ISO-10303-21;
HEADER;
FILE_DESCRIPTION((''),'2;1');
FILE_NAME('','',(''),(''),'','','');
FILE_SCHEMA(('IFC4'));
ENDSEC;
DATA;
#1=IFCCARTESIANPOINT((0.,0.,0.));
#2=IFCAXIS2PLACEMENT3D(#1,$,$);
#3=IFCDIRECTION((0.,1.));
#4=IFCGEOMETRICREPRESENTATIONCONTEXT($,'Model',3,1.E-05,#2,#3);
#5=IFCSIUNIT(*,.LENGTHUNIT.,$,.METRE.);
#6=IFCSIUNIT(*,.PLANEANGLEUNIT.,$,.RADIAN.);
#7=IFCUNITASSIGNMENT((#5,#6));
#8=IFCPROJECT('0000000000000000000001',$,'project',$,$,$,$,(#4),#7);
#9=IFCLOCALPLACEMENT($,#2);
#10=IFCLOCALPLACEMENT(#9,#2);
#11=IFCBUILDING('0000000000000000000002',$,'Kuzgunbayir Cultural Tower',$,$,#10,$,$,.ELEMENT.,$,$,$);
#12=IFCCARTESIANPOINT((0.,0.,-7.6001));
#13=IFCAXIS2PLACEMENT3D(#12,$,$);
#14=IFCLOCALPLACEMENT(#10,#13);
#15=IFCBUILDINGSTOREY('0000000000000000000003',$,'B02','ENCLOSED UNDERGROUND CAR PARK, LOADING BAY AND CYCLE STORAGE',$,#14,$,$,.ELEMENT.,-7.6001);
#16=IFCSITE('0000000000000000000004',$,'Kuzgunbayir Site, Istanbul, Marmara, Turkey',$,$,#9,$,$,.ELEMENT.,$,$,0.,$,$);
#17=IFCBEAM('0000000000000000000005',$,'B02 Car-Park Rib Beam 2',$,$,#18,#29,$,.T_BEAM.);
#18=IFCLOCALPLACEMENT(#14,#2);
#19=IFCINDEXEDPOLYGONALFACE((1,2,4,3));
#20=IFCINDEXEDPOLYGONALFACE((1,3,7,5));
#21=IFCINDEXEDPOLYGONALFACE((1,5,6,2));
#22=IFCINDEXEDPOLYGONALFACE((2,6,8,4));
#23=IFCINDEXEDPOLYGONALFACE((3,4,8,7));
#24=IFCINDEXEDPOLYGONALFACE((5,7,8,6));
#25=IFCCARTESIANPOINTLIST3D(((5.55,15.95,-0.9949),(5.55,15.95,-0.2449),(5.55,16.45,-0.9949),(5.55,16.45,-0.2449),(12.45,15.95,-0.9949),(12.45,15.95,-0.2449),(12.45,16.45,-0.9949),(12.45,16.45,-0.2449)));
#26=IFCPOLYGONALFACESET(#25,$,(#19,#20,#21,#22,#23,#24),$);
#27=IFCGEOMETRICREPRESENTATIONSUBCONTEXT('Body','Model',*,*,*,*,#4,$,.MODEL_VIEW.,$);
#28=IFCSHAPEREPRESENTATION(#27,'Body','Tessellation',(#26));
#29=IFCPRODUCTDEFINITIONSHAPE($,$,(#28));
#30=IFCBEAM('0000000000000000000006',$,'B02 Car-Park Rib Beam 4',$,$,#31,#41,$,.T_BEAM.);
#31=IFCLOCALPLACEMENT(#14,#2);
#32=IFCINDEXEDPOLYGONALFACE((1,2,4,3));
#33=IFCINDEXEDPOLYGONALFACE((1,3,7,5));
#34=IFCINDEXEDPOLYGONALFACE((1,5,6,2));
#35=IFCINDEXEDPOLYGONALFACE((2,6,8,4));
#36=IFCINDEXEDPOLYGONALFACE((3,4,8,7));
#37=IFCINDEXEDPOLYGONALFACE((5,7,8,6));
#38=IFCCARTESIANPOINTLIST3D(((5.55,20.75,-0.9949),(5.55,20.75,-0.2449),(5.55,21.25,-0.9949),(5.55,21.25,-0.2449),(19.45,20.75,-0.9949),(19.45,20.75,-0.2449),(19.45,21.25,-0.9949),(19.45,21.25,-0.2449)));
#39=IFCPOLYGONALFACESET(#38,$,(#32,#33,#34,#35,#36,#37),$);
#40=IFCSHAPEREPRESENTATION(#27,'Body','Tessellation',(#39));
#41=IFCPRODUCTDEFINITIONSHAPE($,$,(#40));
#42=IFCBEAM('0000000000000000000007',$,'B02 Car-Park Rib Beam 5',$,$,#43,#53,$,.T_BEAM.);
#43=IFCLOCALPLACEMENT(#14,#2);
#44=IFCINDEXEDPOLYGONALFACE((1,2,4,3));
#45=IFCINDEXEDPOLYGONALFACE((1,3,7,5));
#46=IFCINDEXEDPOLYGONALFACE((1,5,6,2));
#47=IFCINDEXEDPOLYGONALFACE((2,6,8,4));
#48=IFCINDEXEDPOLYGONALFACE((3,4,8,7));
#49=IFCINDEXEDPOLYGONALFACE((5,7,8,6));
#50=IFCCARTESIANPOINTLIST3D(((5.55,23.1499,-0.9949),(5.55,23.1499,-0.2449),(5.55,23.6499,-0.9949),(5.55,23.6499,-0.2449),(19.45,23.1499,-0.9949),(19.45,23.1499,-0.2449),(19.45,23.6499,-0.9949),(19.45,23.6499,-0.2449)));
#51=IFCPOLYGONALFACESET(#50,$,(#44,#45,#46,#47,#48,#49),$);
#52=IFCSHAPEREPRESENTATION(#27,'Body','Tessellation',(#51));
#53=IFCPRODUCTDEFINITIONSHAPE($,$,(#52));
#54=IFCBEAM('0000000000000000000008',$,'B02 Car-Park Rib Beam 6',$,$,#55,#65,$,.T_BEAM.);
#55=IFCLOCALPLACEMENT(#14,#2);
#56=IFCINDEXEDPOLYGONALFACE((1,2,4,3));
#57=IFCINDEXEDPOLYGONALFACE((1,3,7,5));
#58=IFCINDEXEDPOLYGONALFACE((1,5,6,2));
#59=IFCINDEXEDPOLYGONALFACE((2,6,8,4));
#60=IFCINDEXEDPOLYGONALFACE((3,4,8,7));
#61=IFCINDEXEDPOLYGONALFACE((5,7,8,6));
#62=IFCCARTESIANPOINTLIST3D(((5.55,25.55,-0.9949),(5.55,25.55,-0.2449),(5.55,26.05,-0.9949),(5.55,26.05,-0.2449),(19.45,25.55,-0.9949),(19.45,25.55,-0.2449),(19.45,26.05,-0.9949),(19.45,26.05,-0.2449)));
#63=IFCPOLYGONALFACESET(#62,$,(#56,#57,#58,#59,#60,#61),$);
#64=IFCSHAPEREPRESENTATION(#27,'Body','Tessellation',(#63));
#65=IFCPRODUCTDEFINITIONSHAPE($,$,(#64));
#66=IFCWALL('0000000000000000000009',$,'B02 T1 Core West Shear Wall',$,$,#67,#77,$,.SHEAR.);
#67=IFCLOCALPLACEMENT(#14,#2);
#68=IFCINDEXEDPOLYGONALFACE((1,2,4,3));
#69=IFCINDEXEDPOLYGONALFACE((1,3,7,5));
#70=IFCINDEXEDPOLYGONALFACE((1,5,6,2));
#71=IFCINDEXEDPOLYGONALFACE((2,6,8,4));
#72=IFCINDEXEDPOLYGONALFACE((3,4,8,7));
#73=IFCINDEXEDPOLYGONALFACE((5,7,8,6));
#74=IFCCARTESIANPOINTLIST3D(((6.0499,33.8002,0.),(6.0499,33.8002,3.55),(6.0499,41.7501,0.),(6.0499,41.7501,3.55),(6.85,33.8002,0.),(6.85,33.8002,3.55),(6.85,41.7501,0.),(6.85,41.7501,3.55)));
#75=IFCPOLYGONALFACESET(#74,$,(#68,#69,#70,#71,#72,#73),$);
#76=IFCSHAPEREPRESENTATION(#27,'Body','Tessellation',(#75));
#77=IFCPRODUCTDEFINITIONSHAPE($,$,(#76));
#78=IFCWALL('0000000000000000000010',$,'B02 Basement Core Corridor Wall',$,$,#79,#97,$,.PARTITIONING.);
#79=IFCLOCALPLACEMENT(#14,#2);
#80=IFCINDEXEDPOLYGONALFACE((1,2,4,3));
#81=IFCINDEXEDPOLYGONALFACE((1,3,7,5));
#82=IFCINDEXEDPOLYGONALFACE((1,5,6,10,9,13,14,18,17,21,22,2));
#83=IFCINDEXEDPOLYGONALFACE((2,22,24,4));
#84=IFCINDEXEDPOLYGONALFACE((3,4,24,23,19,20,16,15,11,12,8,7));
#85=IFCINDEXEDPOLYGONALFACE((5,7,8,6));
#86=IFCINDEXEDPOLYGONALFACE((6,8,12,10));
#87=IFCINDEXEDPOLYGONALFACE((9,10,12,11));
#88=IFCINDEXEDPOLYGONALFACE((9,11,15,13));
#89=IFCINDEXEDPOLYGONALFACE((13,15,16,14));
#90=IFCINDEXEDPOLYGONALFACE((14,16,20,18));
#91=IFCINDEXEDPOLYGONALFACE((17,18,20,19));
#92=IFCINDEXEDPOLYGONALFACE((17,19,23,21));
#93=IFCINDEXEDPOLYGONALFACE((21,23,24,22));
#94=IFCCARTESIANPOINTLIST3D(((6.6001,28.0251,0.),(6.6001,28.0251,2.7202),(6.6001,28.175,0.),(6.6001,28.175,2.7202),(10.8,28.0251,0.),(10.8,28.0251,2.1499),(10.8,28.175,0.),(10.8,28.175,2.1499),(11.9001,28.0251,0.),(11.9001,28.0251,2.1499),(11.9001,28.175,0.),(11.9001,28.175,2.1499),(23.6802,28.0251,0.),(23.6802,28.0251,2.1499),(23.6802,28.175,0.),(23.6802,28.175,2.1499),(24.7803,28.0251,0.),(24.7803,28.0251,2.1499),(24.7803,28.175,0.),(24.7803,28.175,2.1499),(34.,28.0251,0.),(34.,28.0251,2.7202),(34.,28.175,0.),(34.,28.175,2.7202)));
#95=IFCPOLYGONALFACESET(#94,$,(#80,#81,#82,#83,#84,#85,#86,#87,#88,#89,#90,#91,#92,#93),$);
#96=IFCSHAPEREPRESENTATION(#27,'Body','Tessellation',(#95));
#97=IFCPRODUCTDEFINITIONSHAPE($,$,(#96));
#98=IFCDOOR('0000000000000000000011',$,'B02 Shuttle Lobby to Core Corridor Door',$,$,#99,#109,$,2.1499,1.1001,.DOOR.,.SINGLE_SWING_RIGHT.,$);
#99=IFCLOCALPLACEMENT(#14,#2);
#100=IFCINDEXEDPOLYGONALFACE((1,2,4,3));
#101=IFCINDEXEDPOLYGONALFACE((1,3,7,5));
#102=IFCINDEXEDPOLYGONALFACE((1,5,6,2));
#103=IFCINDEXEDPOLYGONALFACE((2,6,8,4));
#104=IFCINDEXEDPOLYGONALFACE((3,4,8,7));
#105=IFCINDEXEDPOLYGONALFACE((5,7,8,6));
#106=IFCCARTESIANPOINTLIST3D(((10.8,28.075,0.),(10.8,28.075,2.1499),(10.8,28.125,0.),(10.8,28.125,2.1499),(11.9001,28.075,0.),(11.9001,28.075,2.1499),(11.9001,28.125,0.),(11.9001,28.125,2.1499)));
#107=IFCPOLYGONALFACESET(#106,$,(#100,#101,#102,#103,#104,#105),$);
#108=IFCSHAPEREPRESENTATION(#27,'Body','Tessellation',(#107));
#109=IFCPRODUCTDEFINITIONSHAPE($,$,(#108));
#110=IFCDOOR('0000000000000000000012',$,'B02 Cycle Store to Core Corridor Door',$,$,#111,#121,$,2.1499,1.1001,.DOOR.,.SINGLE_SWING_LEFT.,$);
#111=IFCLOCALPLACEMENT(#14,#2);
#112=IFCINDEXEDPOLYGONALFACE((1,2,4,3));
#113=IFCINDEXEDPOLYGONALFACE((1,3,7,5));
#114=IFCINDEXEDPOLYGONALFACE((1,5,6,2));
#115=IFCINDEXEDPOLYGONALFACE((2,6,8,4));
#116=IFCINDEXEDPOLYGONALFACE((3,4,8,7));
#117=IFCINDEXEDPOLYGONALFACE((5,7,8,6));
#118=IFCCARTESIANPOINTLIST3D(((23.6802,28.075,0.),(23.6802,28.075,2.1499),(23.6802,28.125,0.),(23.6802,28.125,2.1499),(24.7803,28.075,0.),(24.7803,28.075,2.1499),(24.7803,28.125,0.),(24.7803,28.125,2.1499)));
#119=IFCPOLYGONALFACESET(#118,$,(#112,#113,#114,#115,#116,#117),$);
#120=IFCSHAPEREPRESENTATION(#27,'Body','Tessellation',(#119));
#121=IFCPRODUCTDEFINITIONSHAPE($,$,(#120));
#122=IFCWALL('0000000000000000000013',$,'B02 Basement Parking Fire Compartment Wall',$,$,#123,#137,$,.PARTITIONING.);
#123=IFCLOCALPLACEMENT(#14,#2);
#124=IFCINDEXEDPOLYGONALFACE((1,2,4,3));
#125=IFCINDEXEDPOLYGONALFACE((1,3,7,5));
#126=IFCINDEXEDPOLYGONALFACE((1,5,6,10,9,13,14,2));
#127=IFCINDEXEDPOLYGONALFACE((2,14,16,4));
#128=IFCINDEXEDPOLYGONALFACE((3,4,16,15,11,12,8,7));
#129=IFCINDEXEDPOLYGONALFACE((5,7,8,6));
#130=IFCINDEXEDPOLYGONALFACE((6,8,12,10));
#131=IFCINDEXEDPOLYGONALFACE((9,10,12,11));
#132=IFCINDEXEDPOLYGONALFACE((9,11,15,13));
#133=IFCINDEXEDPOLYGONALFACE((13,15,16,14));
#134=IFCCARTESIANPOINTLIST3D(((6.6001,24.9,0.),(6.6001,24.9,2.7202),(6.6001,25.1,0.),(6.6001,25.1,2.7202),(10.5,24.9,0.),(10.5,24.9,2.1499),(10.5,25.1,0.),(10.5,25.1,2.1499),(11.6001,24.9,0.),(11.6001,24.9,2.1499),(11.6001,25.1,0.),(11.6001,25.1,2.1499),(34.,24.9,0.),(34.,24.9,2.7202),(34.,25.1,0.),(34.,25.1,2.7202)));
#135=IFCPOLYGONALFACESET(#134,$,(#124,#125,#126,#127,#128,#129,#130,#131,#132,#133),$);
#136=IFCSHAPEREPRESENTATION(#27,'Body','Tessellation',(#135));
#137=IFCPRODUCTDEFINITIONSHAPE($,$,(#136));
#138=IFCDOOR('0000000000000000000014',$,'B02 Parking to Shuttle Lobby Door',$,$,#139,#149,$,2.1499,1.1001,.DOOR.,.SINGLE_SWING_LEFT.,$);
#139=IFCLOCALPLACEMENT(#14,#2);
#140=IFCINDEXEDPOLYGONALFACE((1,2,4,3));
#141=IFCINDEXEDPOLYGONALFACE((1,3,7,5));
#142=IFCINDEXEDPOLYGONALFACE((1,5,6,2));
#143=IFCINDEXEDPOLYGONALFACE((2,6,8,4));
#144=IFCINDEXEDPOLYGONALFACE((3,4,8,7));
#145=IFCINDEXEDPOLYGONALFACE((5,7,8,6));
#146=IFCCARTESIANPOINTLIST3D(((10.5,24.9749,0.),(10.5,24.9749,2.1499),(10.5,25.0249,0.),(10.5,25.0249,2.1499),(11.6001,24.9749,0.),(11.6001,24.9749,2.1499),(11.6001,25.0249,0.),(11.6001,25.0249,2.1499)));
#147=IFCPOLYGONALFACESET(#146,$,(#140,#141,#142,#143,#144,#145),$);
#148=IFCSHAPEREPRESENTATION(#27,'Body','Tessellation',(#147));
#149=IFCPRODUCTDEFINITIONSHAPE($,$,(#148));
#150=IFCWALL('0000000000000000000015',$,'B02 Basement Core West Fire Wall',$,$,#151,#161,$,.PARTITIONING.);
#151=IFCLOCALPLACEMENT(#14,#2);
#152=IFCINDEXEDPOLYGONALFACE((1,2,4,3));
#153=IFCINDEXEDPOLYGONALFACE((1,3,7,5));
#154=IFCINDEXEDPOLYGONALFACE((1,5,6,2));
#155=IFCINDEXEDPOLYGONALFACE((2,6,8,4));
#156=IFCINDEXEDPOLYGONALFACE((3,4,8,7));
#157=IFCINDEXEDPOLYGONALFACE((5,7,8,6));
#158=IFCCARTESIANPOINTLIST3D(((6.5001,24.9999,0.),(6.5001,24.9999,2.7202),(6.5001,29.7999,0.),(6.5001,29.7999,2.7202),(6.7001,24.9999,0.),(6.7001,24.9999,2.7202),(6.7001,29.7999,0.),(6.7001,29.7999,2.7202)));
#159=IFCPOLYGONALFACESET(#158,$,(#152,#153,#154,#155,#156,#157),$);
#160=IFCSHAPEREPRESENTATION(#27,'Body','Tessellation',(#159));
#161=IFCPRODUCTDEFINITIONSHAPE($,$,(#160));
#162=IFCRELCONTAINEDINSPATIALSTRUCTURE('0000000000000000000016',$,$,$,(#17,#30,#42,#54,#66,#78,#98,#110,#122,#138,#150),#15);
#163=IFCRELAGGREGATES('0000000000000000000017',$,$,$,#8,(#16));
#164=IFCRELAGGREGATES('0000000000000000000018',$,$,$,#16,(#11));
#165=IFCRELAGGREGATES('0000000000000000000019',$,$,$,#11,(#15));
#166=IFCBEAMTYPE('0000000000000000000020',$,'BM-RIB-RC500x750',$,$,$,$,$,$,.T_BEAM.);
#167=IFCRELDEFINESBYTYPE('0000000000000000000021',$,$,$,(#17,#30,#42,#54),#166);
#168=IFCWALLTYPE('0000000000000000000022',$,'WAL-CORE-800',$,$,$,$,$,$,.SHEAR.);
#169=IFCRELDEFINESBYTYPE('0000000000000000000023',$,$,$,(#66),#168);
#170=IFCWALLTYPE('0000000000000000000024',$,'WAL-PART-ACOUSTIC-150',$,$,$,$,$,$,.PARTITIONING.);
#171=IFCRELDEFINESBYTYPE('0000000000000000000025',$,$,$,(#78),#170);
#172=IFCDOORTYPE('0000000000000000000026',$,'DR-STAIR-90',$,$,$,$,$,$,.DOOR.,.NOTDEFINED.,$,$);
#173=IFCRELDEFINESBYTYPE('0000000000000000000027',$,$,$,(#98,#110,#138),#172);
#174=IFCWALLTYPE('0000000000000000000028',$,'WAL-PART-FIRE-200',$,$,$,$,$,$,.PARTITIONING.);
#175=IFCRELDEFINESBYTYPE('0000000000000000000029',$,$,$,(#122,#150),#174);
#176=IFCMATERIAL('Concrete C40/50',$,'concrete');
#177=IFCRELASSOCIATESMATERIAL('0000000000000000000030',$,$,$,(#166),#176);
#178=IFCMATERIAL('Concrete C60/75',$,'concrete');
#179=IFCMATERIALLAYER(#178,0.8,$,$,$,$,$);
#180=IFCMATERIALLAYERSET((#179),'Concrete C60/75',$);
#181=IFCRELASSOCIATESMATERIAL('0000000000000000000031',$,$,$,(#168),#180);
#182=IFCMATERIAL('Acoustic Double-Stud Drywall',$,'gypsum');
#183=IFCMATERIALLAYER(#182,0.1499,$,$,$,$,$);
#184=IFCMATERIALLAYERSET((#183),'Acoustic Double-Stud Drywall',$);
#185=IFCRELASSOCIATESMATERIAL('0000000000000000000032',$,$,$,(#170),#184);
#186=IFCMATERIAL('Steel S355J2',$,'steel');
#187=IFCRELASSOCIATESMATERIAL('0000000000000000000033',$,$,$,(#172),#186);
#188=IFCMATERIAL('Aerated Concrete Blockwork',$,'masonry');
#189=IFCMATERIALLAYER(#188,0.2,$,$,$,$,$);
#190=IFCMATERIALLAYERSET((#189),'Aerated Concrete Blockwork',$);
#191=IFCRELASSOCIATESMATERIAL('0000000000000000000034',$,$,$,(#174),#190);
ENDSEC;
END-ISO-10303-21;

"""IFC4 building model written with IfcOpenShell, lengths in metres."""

from ifc_helpers import new_model, si_unit, direction, frame, frame_2d, origin, origin_2d, place, context, subcontext, project, spatial, rectangle, extrude, material, layer, layer_set, material_profile, profile_set, type_object, element, fill, save


model = new_model("IFC4")

# Units and contexts
model_context = context("Model", 3, precision=1e-05, world=origin(), true_north=direction((0.0, 1.0)))
body_context = subcontext(model_context, "Body", "Model", "MODEL_VIEW")
ifc_project = project(units=[si_unit("LENGTHUNIT", "METRE"), si_unit("PLANEANGLEUNIT", "RADIAN")], contexts=[model_context])

# Site, building, storey
site_placement = place(None, origin())
site = spatial("IfcSite", under=ifc_project, at=site_placement, Name="Kuzgunbayir Site, Istanbul, Marmara, Turkey", CompositionType="ELEMENT", RefElevation=0.0)
building_placement = place(site_placement, origin())
building = spatial("IfcBuilding", under=site, at=building_placement, Name="Kuzgunbayir Cultural Tower", CompositionType="ELEMENT")
storey_placement = place(building_placement, frame((0.0, 0.0, -7.6001)))
storey = spatial("IfcBuildingStorey", under=building, at=storey_placement, Name="B02", Description="ENCLOSED UNDERGROUND CAR PARK, LOADING BAY AND CYCLE STORAGE", CompositionType="ELEMENT", Elevation=-7.6001)

# Shared definitions
ifc_material_1 = material(Name="Concrete C60/75", Category="concrete")

# Beams
ifc_material_2 = material(Name="Steel S355J2", Category="steel")
ifc_material_3 = material(Name="Concrete C40/50", Category="concrete")
ifc_material_profile_1 = material_profile(ifc_material_3, rectangle(XDim=0.5, YDim=0.75, at=origin_2d()), Name="RC 500x750")
ifc_profile_set_1 = profile_set([ifc_material_profile_1], Name="Concrete C40/50")
beam_type_1 = type_object("IfcBeamType", Name="BM-RIB-RC500x750", PredefinedType="T_BEAM", material=ifc_profile_set_1)
beam_1_placement = place(storey_placement, frame((5.55, 16.2, -0.6199), z_axis=(1.0, 0.0, 0.0), x_axis=(0.0, 1.0, 0.0)))
element("IfcBeam", 1, at=beam_1_placement, inside=storey, type_object=beam_type_1, Name="B02 Car-Park Rib Beam 2", PredefinedType="T_BEAM", context=body_context, shape_type="SweptSolid", body=[
    extrude(rectangle(XDim=0.5, YDim=0.75, at=origin_2d()), origin(), (0.0, 0.0, 1.0), 6.8999),
])
for number, where, z_axis, x_axis, name in (
    (2, (5.55, 21.0, -0.6199), (1.0, 0.0, 0.0), (0.0, 1.0, 0.0), "B02 Car-Park Rib Beam 4"),
    (3, (5.55, 23.3999, -0.6199), (1.0, 0.0, 0.0), (0.0, 1.0, 0.0), "B02 Car-Park Rib Beam 5"),
    (4, (5.55, 25.8, -0.6199), (1.0, 0.0, 0.0), (0.0, 1.0, 0.0), "B02 Car-Park Rib Beam 6"),
):
    element("IfcBeam", number, at=place(storey_placement, frame(where, z_axis=z_axis, x_axis=x_axis)), inside=storey, type_object=beam_type_1, Name=name, PredefinedType="T_BEAM", context=body_context, shape_type="SweptSolid", body=[
        extrude(rectangle(XDim=0.5, YDim=0.75, at=origin_2d()), origin(), (0.0, 0.0, 1.0), 13.8999),
    ])

# Wall
ifc_layer_1 = layer(ifc_material_1, 0.8)
ifc_layer_set_1 = layer_set([ifc_layer_1], Name="Concrete C60/75")
wall_type_1 = type_object("IfcWallType", Name="WAL-CORE-800", PredefinedType="SHEAR", material=ifc_layer_set_1)
wall_1_placement = place(storey_placement, frame((6.45, 33.8, 0.0), z_axis=(0.0, 0.0, 1.0), x_axis=(0.0, 1.0, 0.0)))
element("IfcWall", 5, at=wall_1_placement, inside=storey, type_object=wall_type_1, Name="B02 T1 Core West Shear Wall", PredefinedType="SHEAR", context=body_context, shape_type="SweptSolid", body=[
    extrude(rectangle(XDim=7.95, YDim=0.8, at=frame_2d((3.9751, 0.0))), origin(), (0.0, 0.0, 1.0), 3.55),
])

# Wall, openings, doors
ifc_material_4 = material(Name="Acoustic Double-Stud Drywall", Category="gypsum")
ifc_layer_2 = layer(ifc_material_4, 0.1499)
ifc_layer_set_2 = layer_set([ifc_layer_2], Name="Acoustic Double-Stud Drywall")
wall_type_2 = type_object("IfcWallType", Name="WAL-PART-ACOUSTIC-150", PredefinedType="PARTITIONING", material=ifc_layer_set_2)
wall_2_placement = place(storey_placement, frame((6.6001, 28.1001, 0.0), z_axis=(0.0, 0.0, 1.0), x_axis=(1.0, 0.0, 0.0)))
wall_2 = element("IfcWall", 6, at=wall_2_placement, inside=storey, type_object=wall_type_2, Name="B02 Basement Core Corridor Wall", PredefinedType="PARTITIONING", context=body_context, shape_type="SweptSolid", body=[
    extrude(rectangle(XDim=27.3999, YDim=0.1499, at=frame_2d((13.7, 0.0))), origin(), (0.0, 0.0, 1.0), 2.7202),
])
opening_1_placement = place(wall_2_placement, frame((4.2, 0.0, 0.0)))
opening_1 = element("IfcOpeningElement", 7, at=opening_1_placement, cuts=wall_2, PredefinedType="OPENING", context=body_context, shape_type="SweptSolid", body=[
    extrude(rectangle(XDim=1.1001, YDim=2.1499, at=frame_2d((0.55, 1.075))), frame((0.0, 0.085, 0.0), z_axis=(0.0, -1.0, 0.0), x_axis=(1.0, 0.0, 0.0)), (0.0, 0.0, 1.0), 0.1699),
])
opening_2_placement = place(wall_2_placement, frame((17.0801, 0.0, 0.0)))
opening_2 = element("IfcOpeningElement", 8, at=opening_2_placement, cuts=wall_2, PredefinedType="OPENING", context=body_context, shape_type="SweptSolid", body=[
    extrude(rectangle(XDim=1.1001, YDim=2.1499, at=frame_2d((0.55, 1.075))), frame((0.0, 0.085, 0.0), z_axis=(0.0, -1.0, 0.0), x_axis=(1.0, 0.0, 0.0)), (0.0, 0.0, 1.0), 0.1699),
])
door_type = type_object("IfcDoorType", Name="DR-STAIR-90", OperationType="NOTDEFINED", PredefinedType="DOOR", material=ifc_material_2)
door_1_placement = place(opening_1_placement, origin())
door_1 = element("IfcDoor", 9, at=door_1_placement, inside=storey, type_object=door_type, Name="B02 Shuttle Lobby to Core Corridor Door", OperationType="SINGLE_SWING_RIGHT", OverallHeight=2.1499, OverallWidth=1.1001, PredefinedType="DOOR", context=body_context, shape_type="SweptSolid", body=[
    extrude(rectangle(XDim=1.1001, YDim=2.1499, at=frame_2d((0.55, 1.075))), frame((0.0, 0.0249, 0.0), z_axis=(0.0, -1.0, 0.0), x_axis=(1.0, 0.0, 0.0)), (0.0, 0.0, 1.0), 0.05),
])
fill(opening_1, door_1)
door_2_placement = place(opening_2_placement, origin())
door_2 = element("IfcDoor", 10, at=door_2_placement, inside=storey, type_object=door_type, Name="B02 Cycle Store to Core Corridor Door", OperationType="SINGLE_SWING_LEFT", OverallHeight=2.1499, OverallWidth=1.1001, PredefinedType="DOOR", context=body_context, shape_type="SweptSolid", body=[
    extrude(rectangle(XDim=1.1001, YDim=2.1499, at=frame_2d((0.55, 1.075))), frame((0.0, 0.0249, 0.0), z_axis=(0.0, -1.0, 0.0), x_axis=(1.0, 0.0, 0.0)), (0.0, 0.0, 1.0), 0.05),
])
fill(opening_2, door_2)

# Wall, opening, door
ifc_material_5 = material(Name="Aerated Concrete Blockwork", Category="masonry")
ifc_layer_3 = layer(ifc_material_5, 0.2)
ifc_layer_set_3 = layer_set([ifc_layer_3], Name="Aerated Concrete Blockwork")
wall_type_3 = type_object("IfcWallType", Name="WAL-PART-FIRE-200", PredefinedType="PARTITIONING", material=ifc_layer_set_3)
wall_3_placement = place(storey_placement, frame((6.6001, 25.0, 0.0), z_axis=(0.0, 0.0, 1.0), x_axis=(1.0, 0.0, 0.0)))
wall_3 = element("IfcWall", 11, at=wall_3_placement, inside=storey, type_object=wall_type_3, Name="B02 Basement Parking Fire Compartment Wall", PredefinedType="PARTITIONING", context=body_context, shape_type="SweptSolid", body=[
    extrude(rectangle(XDim=27.3999, YDim=0.2, at=frame_2d((13.7, 0.0))), origin(), (0.0, 0.0, 1.0), 2.7202),
])
opening_3_placement = place(wall_3_placement, frame((3.8999, 0.0, 0.0)))
opening_3 = element("IfcOpeningElement", 12, at=opening_3_placement, cuts=wall_3, PredefinedType="OPENING", context=body_context, shape_type="SweptSolid", body=[
    extrude(rectangle(XDim=1.1001, YDim=2.1499, at=frame_2d((0.55, 1.075))), frame((0.0, 0.1099, 0.0), z_axis=(0.0, -1.0, 0.0), x_axis=(1.0, 0.0, 0.0)), (0.0, 0.0, 1.0), 0.22),
])
door_3_placement = place(opening_3_placement, origin())
door_3 = element("IfcDoor", 13, at=door_3_placement, inside=storey, type_object=door_type, Name="B02 Parking to Shuttle Lobby Door", OperationType="SINGLE_SWING_LEFT", OverallHeight=2.1499, OverallWidth=1.1001, PredefinedType="DOOR", context=body_context, shape_type="SweptSolid", body=[
    extrude(rectangle(XDim=1.1001, YDim=2.1499, at=frame_2d((0.55, 1.075))), frame((0.0, 0.0249, 0.0), z_axis=(0.0, -1.0, 0.0), x_axis=(1.0, 0.0, 0.0)), (0.0, 0.0, 1.0), 0.05),
])
fill(opening_3, door_3)

# Wall
wall_4_placement = place(storey_placement, frame((6.6001, 25.0, 0.0), z_axis=(0.0, 0.0, 1.0), x_axis=(0.0, 1.0, 0.0)))
element("IfcWall", 14, at=wall_4_placement, inside=storey, type_object=wall_type_3, Name="B02 Basement Core West Fire Wall", PredefinedType="PARTITIONING", context=body_context, shape_type="SweptSolid", body=[
    extrude(rectangle(XDim=4.8, YDim=0.2, at=frame_2d((2.3999, 0.0))), origin(), (0.0, 0.0, 1.0), 2.7202),
])

save(model, "model.ifc")
